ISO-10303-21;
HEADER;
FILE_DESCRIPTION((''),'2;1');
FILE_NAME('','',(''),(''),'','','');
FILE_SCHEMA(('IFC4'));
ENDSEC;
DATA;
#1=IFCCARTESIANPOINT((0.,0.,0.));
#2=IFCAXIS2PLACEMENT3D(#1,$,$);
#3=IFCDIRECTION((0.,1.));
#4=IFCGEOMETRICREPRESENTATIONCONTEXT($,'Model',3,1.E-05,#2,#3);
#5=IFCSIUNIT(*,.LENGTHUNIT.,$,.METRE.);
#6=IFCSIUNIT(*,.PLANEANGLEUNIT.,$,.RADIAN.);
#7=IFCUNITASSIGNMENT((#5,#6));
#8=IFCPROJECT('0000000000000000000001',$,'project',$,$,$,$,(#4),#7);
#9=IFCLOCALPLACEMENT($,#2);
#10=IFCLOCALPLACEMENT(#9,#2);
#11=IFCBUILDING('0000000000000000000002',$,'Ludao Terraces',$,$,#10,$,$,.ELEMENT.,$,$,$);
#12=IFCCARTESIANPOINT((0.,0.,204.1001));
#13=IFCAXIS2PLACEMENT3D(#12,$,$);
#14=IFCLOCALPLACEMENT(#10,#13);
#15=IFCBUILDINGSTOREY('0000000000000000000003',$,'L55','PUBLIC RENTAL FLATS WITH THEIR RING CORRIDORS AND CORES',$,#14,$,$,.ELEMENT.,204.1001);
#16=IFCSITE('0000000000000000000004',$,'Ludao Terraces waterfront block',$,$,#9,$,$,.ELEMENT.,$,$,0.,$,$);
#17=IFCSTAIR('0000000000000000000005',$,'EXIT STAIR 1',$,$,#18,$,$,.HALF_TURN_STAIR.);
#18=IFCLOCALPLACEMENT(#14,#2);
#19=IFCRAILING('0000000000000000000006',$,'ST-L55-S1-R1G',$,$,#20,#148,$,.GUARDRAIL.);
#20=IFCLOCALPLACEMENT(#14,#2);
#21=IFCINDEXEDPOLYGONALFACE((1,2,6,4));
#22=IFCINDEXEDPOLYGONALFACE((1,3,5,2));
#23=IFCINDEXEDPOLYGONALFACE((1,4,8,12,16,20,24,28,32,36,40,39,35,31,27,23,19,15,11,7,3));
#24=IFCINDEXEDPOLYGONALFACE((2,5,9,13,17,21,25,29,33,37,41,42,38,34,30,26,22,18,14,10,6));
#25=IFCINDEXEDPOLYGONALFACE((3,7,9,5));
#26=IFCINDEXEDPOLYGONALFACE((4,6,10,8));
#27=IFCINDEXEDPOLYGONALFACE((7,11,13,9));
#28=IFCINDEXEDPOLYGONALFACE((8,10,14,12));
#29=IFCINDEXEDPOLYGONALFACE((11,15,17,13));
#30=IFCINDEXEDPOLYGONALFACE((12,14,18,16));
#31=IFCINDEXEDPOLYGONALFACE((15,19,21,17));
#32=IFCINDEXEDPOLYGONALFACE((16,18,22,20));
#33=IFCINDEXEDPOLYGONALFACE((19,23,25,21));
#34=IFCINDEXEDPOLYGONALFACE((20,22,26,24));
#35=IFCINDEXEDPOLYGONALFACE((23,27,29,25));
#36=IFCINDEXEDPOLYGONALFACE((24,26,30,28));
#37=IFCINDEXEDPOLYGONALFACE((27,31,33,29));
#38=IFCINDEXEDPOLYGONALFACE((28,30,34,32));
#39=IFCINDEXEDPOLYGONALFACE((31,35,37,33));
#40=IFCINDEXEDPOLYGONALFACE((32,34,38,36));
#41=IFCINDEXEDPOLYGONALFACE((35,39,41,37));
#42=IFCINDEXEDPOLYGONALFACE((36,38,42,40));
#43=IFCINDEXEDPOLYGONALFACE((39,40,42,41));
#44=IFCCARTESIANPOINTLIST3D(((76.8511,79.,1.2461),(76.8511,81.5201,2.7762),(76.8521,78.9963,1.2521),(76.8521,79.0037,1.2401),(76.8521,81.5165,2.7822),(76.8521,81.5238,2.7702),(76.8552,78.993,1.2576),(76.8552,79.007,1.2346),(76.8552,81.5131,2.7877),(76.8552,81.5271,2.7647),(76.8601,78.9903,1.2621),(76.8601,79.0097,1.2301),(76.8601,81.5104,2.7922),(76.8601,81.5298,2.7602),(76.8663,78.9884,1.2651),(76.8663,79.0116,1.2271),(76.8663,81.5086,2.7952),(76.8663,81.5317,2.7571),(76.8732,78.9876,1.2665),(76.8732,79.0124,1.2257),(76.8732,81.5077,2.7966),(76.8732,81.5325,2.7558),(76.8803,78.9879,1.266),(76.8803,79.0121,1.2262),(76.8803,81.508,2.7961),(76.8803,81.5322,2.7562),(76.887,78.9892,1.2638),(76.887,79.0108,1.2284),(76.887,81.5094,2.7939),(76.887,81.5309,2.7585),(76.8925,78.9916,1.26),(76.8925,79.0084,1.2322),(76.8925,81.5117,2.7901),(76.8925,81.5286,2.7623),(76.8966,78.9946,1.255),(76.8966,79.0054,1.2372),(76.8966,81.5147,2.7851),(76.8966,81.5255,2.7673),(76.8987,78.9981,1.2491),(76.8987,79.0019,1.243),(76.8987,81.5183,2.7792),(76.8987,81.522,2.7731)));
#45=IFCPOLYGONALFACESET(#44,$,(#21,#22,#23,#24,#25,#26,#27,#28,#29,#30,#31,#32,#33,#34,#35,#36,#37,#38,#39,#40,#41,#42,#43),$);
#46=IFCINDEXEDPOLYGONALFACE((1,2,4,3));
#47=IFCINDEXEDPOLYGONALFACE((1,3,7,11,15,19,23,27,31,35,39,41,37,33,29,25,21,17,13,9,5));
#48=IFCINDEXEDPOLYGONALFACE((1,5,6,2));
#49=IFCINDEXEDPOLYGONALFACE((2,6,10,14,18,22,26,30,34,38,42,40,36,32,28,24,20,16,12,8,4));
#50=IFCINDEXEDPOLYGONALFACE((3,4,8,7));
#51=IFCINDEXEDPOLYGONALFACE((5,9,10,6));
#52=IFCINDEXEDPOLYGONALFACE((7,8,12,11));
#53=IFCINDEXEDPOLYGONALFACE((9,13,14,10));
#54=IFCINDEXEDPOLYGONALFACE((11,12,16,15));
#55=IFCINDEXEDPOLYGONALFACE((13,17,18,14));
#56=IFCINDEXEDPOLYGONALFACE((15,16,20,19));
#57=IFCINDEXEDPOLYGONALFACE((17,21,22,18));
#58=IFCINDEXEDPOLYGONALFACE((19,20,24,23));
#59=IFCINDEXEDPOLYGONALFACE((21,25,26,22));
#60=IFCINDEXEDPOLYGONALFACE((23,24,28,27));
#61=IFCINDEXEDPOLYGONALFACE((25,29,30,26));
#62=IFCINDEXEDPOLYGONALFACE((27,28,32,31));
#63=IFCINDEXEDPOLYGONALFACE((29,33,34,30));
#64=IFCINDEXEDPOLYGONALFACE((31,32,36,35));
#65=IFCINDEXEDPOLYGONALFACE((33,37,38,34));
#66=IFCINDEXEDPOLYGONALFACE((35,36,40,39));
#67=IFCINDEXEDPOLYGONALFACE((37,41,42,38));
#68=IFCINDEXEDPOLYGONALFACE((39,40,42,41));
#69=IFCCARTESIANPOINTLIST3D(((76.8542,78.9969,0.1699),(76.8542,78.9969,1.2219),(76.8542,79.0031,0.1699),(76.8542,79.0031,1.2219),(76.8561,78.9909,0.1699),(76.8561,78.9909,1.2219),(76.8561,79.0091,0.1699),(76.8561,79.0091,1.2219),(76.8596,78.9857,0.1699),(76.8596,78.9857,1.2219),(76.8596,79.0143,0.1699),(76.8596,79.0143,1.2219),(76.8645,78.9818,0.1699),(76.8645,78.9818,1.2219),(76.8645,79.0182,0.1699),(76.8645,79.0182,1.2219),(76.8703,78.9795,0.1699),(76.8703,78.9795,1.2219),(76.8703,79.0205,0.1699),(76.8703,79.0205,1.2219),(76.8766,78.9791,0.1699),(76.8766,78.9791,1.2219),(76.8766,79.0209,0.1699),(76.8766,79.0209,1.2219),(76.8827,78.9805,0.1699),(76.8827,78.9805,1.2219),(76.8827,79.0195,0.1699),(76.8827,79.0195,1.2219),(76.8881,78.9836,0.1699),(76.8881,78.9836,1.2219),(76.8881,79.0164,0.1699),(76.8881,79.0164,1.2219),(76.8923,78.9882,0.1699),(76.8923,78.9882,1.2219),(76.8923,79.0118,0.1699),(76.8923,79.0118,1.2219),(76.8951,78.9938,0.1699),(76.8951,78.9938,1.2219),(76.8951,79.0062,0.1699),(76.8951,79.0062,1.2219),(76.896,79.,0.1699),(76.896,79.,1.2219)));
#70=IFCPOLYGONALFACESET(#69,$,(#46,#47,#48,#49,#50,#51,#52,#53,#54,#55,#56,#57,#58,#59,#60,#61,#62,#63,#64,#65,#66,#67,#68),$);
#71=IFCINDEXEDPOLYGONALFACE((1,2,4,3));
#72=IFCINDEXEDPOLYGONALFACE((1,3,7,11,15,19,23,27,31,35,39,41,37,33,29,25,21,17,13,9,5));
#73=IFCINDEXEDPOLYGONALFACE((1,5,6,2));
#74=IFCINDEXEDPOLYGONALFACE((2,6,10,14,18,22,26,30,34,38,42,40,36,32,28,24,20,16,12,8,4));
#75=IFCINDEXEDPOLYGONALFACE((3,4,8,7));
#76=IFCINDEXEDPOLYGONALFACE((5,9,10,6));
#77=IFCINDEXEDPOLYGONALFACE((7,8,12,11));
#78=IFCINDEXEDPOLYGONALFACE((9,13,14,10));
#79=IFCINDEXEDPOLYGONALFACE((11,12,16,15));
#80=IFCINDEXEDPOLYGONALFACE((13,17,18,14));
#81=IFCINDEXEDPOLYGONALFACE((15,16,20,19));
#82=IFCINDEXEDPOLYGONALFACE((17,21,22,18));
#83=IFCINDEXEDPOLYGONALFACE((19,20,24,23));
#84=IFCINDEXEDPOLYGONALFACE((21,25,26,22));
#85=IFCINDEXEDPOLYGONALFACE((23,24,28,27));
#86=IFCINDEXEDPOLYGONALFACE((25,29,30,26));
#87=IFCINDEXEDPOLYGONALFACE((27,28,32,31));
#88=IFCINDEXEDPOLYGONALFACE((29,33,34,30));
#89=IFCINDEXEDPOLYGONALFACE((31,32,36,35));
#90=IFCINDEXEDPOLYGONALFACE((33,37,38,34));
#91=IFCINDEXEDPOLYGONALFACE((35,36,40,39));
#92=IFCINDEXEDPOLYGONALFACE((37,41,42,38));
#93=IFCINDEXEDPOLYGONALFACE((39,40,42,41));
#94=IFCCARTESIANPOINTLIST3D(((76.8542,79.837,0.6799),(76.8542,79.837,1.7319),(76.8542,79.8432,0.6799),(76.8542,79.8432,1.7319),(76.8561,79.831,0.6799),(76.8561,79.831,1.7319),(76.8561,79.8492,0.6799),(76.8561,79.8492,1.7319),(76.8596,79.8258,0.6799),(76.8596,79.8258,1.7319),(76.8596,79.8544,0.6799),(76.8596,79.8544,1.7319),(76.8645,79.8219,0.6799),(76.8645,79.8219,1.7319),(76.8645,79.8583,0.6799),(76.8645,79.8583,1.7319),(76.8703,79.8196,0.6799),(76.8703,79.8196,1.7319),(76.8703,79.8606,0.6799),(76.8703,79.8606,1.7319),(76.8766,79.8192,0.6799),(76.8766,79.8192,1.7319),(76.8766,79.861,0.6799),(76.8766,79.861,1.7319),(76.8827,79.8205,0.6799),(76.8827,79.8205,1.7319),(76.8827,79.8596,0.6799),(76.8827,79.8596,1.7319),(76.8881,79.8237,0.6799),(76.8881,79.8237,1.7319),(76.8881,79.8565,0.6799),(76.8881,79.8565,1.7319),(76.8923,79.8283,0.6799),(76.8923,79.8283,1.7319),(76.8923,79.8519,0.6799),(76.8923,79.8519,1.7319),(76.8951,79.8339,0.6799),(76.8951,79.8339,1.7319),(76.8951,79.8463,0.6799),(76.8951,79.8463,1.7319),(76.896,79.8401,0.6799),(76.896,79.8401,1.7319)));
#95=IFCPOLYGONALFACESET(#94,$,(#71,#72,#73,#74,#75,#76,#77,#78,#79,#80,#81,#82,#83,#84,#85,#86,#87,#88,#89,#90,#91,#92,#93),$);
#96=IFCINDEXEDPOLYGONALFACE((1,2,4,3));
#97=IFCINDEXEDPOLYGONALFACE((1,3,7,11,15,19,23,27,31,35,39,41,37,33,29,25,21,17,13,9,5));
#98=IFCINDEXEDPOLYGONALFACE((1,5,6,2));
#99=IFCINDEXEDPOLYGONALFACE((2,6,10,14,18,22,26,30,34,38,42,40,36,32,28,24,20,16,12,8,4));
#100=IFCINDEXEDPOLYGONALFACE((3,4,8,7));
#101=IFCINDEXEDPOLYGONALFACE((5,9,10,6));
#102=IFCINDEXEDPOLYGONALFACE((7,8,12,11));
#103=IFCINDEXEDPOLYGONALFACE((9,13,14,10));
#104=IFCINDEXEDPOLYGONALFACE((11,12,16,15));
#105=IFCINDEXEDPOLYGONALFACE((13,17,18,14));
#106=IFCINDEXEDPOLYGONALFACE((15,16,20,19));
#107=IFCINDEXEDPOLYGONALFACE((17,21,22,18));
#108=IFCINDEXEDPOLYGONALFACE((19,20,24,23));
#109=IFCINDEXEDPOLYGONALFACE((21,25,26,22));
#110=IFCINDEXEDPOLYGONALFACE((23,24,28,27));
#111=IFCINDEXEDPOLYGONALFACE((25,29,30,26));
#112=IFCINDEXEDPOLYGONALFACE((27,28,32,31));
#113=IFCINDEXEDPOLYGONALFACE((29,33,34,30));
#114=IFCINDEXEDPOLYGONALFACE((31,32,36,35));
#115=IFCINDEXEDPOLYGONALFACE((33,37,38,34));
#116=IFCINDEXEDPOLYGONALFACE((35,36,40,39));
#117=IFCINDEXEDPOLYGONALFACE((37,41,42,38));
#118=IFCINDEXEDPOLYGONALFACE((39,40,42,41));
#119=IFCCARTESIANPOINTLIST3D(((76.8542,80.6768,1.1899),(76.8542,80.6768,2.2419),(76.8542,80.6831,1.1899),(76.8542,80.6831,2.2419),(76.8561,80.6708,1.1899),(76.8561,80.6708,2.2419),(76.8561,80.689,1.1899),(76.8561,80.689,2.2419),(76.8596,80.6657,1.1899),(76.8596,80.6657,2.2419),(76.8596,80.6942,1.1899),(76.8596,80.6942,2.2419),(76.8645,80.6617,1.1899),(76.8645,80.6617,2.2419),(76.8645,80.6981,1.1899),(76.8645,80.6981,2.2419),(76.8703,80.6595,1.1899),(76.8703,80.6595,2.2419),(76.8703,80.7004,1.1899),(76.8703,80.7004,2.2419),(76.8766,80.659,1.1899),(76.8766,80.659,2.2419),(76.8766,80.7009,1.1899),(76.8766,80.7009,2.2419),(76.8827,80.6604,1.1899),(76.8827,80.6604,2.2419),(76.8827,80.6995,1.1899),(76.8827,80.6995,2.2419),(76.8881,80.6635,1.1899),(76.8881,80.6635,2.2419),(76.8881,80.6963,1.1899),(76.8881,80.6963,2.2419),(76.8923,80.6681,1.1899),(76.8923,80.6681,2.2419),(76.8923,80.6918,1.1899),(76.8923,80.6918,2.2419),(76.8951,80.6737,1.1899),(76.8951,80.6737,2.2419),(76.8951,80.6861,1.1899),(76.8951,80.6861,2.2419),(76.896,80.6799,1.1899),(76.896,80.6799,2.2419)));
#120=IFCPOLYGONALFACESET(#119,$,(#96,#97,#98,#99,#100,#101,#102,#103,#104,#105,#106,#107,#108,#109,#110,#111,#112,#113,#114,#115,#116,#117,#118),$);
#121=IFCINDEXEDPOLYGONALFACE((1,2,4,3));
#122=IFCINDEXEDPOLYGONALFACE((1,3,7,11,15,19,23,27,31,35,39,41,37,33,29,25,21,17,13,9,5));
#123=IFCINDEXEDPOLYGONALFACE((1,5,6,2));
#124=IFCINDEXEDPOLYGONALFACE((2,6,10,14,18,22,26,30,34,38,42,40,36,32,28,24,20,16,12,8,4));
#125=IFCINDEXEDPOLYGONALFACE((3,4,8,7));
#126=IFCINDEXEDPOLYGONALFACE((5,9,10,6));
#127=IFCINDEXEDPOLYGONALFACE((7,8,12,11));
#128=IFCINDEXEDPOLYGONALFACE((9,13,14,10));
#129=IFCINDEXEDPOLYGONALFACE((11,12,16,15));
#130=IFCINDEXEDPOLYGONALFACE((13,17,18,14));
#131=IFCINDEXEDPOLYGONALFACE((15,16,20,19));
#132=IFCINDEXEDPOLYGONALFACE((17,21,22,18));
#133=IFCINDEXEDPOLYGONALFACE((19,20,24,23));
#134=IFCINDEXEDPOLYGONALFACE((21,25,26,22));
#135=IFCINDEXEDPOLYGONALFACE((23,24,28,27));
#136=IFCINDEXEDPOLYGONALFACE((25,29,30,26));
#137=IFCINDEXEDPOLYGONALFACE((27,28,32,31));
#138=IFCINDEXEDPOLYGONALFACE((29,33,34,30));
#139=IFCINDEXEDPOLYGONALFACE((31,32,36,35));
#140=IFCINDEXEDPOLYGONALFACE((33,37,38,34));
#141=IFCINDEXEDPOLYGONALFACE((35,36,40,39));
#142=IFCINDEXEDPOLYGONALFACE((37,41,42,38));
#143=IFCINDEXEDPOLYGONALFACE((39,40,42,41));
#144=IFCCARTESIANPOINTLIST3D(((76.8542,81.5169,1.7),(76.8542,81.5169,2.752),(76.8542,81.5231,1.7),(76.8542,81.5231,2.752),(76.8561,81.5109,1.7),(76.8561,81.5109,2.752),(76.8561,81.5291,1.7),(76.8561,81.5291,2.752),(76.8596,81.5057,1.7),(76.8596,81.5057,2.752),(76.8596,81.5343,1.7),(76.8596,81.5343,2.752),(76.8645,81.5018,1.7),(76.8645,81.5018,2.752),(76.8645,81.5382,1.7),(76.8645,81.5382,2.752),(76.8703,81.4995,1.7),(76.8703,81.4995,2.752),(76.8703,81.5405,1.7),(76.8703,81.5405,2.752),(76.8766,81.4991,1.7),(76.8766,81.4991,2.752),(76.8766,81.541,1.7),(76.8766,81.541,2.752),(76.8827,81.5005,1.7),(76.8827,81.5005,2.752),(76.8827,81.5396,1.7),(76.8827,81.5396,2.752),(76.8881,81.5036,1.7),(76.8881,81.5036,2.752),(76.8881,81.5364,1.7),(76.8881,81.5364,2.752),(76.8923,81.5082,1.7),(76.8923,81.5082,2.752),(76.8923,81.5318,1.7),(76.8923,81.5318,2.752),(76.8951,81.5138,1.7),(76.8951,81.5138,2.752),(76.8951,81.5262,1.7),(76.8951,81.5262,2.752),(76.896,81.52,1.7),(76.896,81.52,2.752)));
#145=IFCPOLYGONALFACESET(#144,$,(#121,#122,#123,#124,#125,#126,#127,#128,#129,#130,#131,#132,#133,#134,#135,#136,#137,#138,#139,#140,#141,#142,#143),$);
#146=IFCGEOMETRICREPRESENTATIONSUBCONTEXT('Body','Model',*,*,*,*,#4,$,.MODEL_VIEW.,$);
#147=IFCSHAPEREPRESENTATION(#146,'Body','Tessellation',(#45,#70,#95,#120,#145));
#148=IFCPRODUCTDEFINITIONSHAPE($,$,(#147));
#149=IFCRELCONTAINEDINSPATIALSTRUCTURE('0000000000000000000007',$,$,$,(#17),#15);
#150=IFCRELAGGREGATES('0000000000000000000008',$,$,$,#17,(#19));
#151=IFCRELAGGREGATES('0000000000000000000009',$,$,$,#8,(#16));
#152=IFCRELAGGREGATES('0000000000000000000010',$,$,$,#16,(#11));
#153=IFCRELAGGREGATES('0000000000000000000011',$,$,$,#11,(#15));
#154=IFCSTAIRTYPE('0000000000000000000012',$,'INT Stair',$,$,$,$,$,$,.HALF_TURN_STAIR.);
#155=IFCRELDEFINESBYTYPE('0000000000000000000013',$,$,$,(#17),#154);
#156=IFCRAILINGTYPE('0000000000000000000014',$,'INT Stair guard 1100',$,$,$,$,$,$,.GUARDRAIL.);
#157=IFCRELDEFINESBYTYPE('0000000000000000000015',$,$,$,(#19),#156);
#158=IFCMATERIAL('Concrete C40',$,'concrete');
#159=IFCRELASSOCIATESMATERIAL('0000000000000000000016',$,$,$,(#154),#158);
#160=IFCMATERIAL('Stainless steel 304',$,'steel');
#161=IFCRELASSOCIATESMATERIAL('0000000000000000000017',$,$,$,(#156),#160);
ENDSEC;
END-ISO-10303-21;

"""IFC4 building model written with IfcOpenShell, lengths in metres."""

from ifc_helpers import new_model, si_unit, direction, frame, origin, origin_2d, place, context, subcontext, project, spatial, circle, extrude, material, type_object, element, aggregate, save


model = new_model("IFC4")

# Units and contexts
model_context = context("Model", 3, precision=1e-05, world=origin(), true_north=direction((0.0, 1.0)))
body_context = subcontext(model_context, "Body", "Model", "MODEL_VIEW")
ifc_project = project(units=[si_unit("LENGTHUNIT", "METRE"), si_unit("PLANEANGLEUNIT", "RADIAN")], contexts=[model_context])

# Site, building, storey
site_placement = place(None, origin())
site = spatial("IfcSite", under=ifc_project, at=site_placement, Name="Ludao Terraces waterfront block", CompositionType="ELEMENT", RefElevation=0.0)
building_placement = place(site_placement, origin())
building = spatial("IfcBuilding", under=site, at=building_placement, Name="Ludao Terraces", CompositionType="ELEMENT")
storey_placement = place(building_placement, frame((0.0, 0.0, 204.1001)))
storey = spatial("IfcBuildingStorey", under=building, at=storey_placement, Name="L55", Description="PUBLIC RENTAL FLATS WITH THEIR RING CORRIDORS AND CORES", CompositionType="ELEMENT", Elevation=204.1001)

# Shared definitions
ifc_material_1 = material(Name="Concrete C40", Category="concrete")

# Stair, railing
stair_type = type_object("IfcStairType", Name="INT Stair", PredefinedType="HALF_TURN_STAIR", material=ifc_material_1)
stair_placement = place(storey_placement, origin())
stair = element("IfcStair", 1, at=stair_placement, inside=storey, type_object=stair_type, Name="EXIT STAIR 1", PredefinedType="HALF_TURN_STAIR")
ifc_material_2 = material(Name="Stainless steel 304", Category="steel")
railing_type_1 = type_object("IfcRailingType", Name="INT Stair guard 1100", PredefinedType="GUARDRAIL", material=ifc_material_2)
railing_1_placement = place(storey_placement, frame((76.875, 79.0, 0.1699)))
railing_1 = element("IfcRailing", 2, at=railing_1_placement, type_object=railing_type_1, Name="ST-L55-S1-R1G", PredefinedType="GUARDRAIL", context=body_context, shape_type="SweptSolid", body=[
    extrude(circle(Radius=0.0239, at=origin_2d()), frame((0.0, 0.0, 1.0762), z_axis=(0.0, 0.854785, 0.518982), x_axis=(-1.0, 0.0, 0.0)), (0.0, 0.0, 1.0), 2.9482),
    extrude(circle(Radius=0.021, at=origin_2d()), origin(), (0.0, 0.0, 1.0), 1.052),
    extrude(circle(Radius=0.021, at=origin_2d()), frame((0.0, 0.8401, 0.51)), (0.0, 0.0, 1.0), 1.052),
    extrude(circle(Radius=0.021, at=origin_2d()), frame((0.0, 1.6799, 1.02)), (0.0, 0.0, 1.0), 1.052),
    extrude(circle(Radius=0.021, at=origin_2d()), frame((0.0, 2.52, 1.53)), (0.0, 0.0, 1.0), 1.052),
])
aggregate(stair, [railing_1])

save(model, "model.ifc")
